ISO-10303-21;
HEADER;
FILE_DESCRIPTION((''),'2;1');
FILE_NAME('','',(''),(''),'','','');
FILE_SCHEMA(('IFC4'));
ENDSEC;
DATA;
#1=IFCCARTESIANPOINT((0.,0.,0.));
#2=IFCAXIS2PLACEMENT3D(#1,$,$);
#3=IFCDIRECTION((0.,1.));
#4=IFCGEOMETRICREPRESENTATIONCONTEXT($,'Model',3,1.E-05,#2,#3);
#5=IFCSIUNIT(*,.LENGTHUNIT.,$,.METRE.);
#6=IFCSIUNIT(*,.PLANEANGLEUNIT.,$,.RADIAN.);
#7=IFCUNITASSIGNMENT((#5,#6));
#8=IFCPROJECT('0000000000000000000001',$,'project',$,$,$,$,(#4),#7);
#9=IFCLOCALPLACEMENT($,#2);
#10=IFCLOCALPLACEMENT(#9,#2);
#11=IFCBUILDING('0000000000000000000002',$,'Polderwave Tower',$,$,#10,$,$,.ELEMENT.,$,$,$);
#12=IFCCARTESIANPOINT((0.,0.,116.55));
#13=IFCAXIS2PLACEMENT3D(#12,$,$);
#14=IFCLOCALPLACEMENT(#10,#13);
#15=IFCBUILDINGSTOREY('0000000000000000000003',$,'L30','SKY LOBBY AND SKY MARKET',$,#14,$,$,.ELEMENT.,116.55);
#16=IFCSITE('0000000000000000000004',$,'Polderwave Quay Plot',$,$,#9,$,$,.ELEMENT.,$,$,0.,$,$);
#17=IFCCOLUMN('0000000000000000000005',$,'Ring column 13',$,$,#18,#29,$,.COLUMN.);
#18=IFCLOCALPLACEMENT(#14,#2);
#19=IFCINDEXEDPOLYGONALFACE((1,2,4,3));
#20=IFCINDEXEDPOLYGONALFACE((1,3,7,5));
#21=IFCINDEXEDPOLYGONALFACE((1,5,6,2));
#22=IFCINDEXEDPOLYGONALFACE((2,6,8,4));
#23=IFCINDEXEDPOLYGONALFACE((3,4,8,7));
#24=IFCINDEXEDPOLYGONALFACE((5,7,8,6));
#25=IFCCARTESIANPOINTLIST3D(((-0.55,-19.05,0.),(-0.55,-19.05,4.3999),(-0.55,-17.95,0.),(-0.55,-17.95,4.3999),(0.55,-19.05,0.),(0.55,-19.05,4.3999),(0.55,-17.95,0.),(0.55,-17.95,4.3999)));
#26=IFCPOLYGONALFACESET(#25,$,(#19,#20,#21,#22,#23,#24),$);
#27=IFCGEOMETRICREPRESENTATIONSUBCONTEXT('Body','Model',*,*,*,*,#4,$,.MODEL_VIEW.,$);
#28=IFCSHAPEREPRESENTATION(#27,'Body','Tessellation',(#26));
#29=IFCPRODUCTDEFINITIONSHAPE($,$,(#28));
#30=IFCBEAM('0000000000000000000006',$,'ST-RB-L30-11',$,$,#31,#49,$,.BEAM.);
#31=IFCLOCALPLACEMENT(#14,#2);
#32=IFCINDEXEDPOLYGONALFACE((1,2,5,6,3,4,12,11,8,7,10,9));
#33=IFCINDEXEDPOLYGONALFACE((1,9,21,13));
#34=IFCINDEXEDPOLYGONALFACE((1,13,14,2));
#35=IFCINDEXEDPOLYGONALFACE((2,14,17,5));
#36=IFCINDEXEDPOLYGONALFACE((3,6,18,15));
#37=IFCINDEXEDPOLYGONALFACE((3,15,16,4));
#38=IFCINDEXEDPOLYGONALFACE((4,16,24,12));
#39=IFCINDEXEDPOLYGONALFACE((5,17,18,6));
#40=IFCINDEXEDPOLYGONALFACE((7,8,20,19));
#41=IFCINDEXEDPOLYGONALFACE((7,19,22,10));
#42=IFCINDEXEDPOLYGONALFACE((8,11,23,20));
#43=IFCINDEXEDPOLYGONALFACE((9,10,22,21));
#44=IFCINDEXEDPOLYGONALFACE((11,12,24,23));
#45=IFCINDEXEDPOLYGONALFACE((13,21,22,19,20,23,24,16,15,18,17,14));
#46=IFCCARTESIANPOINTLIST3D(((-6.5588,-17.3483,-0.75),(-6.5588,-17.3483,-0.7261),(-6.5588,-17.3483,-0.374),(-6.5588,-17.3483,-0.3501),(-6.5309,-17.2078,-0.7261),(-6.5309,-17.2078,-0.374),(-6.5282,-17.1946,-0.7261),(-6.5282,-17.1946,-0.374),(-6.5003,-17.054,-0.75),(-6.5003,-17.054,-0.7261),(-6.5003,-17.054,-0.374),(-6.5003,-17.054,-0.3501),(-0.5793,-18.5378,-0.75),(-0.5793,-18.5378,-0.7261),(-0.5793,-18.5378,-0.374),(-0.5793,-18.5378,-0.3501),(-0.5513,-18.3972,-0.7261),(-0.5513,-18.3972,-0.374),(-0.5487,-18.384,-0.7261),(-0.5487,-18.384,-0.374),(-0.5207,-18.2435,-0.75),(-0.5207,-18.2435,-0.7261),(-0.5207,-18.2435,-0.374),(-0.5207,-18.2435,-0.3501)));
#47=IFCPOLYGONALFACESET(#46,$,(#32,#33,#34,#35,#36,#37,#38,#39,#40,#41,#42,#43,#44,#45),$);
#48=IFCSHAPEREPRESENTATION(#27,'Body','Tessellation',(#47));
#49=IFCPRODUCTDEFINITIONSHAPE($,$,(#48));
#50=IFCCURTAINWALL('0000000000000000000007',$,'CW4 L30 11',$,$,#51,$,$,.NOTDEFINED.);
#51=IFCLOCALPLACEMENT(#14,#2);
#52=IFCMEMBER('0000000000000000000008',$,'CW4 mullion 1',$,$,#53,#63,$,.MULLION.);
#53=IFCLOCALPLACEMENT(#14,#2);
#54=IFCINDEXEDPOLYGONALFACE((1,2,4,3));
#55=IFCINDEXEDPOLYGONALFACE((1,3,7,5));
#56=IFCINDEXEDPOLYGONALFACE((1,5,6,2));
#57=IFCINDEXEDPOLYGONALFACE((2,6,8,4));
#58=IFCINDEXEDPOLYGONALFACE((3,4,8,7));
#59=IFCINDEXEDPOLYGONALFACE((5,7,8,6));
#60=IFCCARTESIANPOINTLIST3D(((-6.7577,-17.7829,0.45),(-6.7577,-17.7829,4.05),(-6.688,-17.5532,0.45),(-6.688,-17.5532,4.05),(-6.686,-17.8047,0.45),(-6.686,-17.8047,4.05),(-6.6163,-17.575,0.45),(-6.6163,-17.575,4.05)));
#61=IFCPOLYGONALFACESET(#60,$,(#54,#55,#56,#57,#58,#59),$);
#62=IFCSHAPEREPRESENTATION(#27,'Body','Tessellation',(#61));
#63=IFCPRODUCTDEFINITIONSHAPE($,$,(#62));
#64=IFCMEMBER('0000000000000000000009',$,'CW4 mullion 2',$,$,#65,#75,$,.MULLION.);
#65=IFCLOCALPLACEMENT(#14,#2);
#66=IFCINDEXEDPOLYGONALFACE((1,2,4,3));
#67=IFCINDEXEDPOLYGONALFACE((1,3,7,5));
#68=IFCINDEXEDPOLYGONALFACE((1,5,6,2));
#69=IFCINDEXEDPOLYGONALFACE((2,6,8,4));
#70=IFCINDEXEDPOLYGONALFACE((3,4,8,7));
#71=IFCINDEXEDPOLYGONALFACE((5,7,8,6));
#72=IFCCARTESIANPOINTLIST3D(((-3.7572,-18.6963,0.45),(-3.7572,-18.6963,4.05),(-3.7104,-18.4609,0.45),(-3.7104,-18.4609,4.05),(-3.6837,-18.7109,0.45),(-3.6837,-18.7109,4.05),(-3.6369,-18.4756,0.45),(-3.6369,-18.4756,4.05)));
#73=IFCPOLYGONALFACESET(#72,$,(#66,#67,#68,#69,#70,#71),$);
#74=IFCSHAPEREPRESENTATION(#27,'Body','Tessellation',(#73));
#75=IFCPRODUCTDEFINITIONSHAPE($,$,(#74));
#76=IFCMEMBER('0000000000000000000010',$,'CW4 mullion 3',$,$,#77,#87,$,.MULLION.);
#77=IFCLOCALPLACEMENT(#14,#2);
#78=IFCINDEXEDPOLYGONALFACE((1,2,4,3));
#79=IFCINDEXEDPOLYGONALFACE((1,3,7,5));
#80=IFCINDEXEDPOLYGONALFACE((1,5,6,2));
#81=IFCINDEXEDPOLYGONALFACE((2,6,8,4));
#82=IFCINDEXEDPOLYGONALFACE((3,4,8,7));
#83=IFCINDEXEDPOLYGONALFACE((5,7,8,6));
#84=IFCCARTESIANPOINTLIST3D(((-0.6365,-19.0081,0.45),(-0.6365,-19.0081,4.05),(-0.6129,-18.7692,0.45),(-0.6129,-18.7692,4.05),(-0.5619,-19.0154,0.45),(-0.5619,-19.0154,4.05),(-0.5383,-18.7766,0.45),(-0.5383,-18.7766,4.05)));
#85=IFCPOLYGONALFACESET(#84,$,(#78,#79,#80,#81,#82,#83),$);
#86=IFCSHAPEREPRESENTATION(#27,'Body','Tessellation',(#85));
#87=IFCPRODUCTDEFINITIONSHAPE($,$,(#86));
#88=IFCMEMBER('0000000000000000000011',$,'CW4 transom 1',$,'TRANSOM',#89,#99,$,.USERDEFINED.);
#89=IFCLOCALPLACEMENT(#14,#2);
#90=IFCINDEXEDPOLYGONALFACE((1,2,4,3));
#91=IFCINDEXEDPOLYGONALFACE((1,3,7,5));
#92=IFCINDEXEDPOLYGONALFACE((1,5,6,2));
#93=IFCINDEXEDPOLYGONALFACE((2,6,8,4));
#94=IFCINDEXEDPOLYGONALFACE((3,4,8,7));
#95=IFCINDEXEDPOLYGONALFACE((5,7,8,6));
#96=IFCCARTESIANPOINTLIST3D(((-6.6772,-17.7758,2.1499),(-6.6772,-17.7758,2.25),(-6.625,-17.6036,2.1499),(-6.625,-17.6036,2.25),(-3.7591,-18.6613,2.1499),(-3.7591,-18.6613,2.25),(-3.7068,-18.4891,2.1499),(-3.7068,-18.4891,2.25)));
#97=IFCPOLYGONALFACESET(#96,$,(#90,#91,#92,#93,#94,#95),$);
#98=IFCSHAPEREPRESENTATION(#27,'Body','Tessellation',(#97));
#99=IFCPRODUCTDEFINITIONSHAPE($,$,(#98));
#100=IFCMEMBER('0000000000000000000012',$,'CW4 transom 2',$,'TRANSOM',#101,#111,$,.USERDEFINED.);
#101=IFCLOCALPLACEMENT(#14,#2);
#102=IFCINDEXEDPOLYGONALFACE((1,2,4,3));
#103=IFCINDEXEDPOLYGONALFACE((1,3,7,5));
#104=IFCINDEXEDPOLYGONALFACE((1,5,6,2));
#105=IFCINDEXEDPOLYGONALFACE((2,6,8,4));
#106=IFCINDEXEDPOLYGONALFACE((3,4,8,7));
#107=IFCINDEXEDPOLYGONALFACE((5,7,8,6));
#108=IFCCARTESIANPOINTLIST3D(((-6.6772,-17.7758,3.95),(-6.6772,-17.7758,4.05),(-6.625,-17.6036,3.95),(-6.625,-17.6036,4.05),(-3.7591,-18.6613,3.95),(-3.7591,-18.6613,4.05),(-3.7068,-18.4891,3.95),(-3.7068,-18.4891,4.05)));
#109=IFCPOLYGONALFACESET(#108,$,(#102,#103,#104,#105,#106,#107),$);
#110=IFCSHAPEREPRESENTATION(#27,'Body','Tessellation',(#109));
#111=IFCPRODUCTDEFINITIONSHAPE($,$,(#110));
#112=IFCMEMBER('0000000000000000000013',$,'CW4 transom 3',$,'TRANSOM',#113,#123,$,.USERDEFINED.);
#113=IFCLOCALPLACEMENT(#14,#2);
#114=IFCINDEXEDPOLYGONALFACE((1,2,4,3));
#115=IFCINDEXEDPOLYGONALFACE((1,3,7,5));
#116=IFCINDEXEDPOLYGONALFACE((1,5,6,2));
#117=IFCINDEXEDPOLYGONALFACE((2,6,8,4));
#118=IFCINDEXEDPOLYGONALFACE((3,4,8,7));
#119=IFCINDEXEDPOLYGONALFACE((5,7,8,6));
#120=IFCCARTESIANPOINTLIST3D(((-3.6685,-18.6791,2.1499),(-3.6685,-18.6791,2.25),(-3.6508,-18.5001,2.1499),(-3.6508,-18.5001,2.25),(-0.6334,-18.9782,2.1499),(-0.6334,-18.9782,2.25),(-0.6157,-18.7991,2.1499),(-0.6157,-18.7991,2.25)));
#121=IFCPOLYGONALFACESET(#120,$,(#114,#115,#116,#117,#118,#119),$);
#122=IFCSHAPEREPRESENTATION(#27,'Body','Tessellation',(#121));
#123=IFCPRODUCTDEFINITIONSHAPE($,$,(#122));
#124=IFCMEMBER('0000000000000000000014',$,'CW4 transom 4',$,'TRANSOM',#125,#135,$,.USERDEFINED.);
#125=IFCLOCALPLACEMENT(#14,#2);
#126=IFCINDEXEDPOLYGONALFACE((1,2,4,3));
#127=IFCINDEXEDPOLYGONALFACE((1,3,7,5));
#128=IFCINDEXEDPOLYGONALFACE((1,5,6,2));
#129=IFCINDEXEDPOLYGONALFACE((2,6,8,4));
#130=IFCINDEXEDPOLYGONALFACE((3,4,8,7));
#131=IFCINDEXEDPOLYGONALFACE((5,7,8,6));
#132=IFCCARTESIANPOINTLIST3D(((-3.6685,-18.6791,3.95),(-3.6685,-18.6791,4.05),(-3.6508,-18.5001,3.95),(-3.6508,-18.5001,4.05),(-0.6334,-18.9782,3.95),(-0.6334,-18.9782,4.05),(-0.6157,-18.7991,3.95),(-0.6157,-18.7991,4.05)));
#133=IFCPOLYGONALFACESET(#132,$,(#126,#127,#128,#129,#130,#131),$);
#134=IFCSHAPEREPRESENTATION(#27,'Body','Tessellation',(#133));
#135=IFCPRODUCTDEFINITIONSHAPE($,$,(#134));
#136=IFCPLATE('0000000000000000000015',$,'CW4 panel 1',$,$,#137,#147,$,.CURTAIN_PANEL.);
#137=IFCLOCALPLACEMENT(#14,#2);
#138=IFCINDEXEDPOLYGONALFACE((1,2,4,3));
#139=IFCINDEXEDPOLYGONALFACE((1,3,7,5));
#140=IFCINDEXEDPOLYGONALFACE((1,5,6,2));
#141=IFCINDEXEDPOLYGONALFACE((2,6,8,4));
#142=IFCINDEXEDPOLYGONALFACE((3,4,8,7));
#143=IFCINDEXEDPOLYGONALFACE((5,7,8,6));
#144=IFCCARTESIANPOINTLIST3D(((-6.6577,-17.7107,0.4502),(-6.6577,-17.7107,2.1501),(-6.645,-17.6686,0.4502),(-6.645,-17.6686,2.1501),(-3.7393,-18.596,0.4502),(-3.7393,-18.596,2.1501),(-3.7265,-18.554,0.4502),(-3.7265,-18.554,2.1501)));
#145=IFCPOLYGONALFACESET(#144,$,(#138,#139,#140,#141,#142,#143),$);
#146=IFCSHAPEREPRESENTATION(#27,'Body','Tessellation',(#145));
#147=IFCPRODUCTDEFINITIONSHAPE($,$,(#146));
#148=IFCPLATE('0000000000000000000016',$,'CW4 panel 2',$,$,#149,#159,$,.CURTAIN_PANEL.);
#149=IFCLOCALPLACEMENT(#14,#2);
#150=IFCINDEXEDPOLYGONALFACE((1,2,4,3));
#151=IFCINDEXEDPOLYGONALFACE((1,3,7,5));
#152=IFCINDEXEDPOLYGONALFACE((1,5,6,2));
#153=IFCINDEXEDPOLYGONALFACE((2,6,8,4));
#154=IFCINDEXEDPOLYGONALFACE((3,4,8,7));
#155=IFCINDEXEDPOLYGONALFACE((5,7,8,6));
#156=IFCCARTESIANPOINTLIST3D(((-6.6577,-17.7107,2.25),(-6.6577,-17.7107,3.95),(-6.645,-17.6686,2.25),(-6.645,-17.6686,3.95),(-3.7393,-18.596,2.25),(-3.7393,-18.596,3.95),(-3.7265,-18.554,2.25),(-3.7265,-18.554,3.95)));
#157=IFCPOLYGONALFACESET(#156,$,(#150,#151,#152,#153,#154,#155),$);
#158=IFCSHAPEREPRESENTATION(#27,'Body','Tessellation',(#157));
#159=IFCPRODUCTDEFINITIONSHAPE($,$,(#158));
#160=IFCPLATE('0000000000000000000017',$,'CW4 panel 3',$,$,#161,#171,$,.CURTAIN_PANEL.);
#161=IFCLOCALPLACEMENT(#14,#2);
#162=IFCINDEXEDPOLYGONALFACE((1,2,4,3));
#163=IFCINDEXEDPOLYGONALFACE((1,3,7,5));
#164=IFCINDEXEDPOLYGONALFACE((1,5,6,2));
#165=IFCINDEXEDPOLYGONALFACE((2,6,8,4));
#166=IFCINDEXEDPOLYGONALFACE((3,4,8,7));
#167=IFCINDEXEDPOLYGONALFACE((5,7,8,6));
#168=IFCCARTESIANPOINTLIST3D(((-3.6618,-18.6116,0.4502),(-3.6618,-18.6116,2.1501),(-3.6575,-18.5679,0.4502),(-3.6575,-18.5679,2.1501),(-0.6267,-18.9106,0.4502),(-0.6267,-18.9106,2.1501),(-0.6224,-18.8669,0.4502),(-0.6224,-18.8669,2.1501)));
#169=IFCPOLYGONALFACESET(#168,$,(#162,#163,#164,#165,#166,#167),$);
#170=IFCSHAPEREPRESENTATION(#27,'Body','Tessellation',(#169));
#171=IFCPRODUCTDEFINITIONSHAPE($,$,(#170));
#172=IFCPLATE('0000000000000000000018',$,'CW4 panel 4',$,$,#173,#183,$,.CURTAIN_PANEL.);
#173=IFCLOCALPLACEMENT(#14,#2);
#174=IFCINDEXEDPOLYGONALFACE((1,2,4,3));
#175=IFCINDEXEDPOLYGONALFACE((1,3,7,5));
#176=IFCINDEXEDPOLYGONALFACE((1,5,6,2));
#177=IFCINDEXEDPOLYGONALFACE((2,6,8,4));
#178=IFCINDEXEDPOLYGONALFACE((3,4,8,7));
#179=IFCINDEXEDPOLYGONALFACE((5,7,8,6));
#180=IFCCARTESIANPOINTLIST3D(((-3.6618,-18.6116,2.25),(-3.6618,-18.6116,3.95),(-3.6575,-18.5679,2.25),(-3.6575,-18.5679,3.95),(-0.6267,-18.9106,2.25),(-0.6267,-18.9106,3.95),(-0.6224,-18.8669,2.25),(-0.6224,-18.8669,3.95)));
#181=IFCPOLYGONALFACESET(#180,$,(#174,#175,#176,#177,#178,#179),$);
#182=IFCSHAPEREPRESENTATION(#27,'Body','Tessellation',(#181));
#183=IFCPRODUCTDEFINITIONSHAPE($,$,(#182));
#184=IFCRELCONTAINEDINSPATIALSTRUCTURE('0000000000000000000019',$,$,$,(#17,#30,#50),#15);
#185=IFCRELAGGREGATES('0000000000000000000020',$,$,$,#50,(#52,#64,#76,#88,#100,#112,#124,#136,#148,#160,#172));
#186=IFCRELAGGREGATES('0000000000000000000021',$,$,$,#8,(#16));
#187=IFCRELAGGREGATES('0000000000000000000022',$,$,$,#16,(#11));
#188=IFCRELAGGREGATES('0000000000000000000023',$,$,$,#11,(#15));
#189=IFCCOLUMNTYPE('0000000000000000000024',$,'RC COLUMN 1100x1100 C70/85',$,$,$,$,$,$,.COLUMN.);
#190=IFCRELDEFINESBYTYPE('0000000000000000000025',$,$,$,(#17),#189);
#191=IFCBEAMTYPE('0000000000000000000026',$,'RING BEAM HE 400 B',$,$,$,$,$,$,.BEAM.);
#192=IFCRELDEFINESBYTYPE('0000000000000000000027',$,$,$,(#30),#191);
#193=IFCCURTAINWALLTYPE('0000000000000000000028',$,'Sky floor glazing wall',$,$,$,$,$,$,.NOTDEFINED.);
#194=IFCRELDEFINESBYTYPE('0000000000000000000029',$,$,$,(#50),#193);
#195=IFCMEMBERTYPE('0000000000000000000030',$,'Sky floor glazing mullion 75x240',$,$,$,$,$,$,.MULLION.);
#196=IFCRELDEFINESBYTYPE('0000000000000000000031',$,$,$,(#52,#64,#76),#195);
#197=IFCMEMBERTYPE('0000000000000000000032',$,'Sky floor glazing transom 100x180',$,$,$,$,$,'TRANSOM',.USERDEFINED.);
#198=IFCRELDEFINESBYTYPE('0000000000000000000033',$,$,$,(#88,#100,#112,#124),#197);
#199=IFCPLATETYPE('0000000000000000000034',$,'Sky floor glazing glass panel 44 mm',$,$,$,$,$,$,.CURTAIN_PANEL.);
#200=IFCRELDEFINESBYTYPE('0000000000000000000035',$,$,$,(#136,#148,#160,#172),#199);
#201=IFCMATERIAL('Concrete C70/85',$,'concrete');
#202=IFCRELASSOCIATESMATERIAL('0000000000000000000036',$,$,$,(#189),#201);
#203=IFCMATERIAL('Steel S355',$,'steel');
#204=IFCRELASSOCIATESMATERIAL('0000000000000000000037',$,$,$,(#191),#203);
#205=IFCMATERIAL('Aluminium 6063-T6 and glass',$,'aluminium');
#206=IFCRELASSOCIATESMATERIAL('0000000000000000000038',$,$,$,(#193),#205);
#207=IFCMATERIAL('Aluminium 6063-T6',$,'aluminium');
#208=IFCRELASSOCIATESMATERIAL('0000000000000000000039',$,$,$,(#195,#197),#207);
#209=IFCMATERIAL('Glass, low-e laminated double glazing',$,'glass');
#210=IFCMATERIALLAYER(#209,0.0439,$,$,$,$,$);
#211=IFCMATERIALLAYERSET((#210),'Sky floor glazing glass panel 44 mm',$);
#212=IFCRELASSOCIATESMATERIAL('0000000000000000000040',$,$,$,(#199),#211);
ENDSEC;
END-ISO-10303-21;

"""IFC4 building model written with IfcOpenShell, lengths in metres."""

from ifc_helpers import new_model, si_unit, direction, frame, origin, origin_2d, place, context, subcontext, project, spatial, rectangle, i_section, extrude, material, layer, layer_set, material_profile, profile_set, type_object, element, aggregate, save


model = new_model("IFC4")

# Units and contexts
model_context = context("Model", 3, precision=1e-05, world=origin(), true_north=direction((0.0, 1.0)))
body_context = subcontext(model_context, "Body", "Model", "MODEL_VIEW")
ifc_project = project(units=[si_unit("LENGTHUNIT", "METRE"), si_unit("PLANEANGLEUNIT", "RADIAN")], contexts=[model_context])

# Site, building, storey
site_placement = place(None, origin())
site = spatial("IfcSite", under=ifc_project, at=site_placement, Name="Polderwave Quay Plot", CompositionType="ELEMENT", RefElevation=0.0)
building_placement = place(site_placement, origin())
building = spatial("IfcBuilding", under=site, at=building_placement, Name="Polderwave Tower", CompositionType="ELEMENT")
storey_placement = place(building_placement, frame((0.0, 0.0, 116.55)))
storey = spatial("IfcBuildingStorey", under=building, at=storey_placement, Name="L30", Description="SKY LOBBY AND SKY MARKET", CompositionType="ELEMENT", Elevation=116.55)

# Column
ifc_material_1 = material(Name="Concrete C70/85", Category="concrete")
ifc_material_profile_1 = material_profile(ifc_material_1, rectangle(XDim=1.1001, YDim=1.1001, at=origin_2d()), Name="RC 1100x1100")
ifc_profile_set_1 = profile_set([ifc_material_profile_1], Name="Concrete C70/85")
column_type = type_object("IfcColumnType", Name="RC COLUMN 1100x1100 C70/85", PredefinedType="COLUMN", material=ifc_profile_set_1)
column_placement = place(storey_placement, frame((0.0, -18.5, 0.0), z_axis=(0.0, 0.0, 1.0), x_axis=(0.0, -1.0, 0.0)))
element("IfcColumn", 1, at=column_placement, inside=storey, type_object=column_type, Name="Ring column 13", PredefinedType="COLUMN", context=body_context, shape_type="SweptSolid", body=[
    extrude(rectangle(XDim=1.1001, YDim=1.1001, at=origin_2d()), origin(), (0.0, 0.0, 1.0), 4.3999),
])

# Beam
ifc_material_2 = material(Name="Steel S355", Category="steel")
ifc_material_profile_2 = material_profile(ifc_material_2, i_section(OverallWidth=0.3, OverallDepth=0.3999, WebThickness=0.0134, FlangeThickness=0.0239, at=origin_2d()), Name="HE 400 B")
ifc_profile_set_2 = profile_set([ifc_material_profile_2], Name="Steel S355")
beam_type = type_object("IfcBeamType", Name="RING BEAM HE 400 B", PredefinedType="BEAM", material=ifc_profile_set_2)
beam_placement = place(storey_placement, frame((-6.5295, -17.2012, -0.55), z_axis=(0.980783, -0.1951, 0.0), x_axis=(0.1951, 0.980783, 0.0)))
element("IfcBeam", 2, at=beam_placement, inside=storey, type_object=beam_type, Name="ST-RB-L30-11", PredefinedType="BEAM", context=body_context, shape_type="SweptSolid", body=[
    extrude(i_section(OverallWidth=0.3, OverallDepth=0.3999, WebThickness=0.0134, FlangeThickness=0.0239, at=origin_2d()), origin(), (0.0, 0.0, 1.0), 6.0967),
])

# Curtain wall, members, plates
ifc_material_3 = material(Name="Aluminium 6063-T6 and glass", Category="aluminium")
curtain_wall_type = type_object("IfcCurtainWallType", Name="Sky floor glazing wall", PredefinedType="NOTDEFINED", material=ifc_material_3)
curtain_wall_placement = place(storey_placement, origin())
curtain_wall = element("IfcCurtainWall", 3, at=curtain_wall_placement, inside=storey, type_object=curtain_wall_type, Name="CW4 L30 11", PredefinedType="NOTDEFINED")
ifc_material_4 = material(Name="Aluminium 6063-T6", Category="aluminium")
ifc_material_profile_3 = material_profile(ifc_material_4, rectangle(XDim=0.24, YDim=0.075, at=origin_2d()), Name="AL 75x240")
ifc_profile_set_3 = profile_set([ifc_material_profile_3], Name="Aluminium 6063-T6")
member_type_1 = type_object("IfcMemberType", Name="Sky floor glazing mullion 75x240", PredefinedType="MULLION", material=ifc_profile_set_3)
member_1_placement = place(storey_placement, frame((-6.687, -17.679, 0.45), z_axis=(0.0, 0.0, 1.0), x_axis=(0.290306, 0.956934, 0.0)))
member_1 = element("IfcMember", 4, at=member_1_placement, type_object=member_type_1, Name="CW4 mullion 1", PredefinedType="MULLION", context=body_context, shape_type="SweptSolid", body=[
    extrude(rectangle(XDim=0.24, YDim=0.075, at=origin_2d()), origin(), (0.0, 0.0, 1.0), 3.6001),
])
member_2_placement = place(storey_placement, frame((-3.697, -18.5859, 0.45), z_axis=(0.0, 0.0, 1.0), x_axis=(0.195109, 0.980782, 0.0)))
member_2 = element("IfcMember", 5, at=member_2_placement, type_object=member_type_1, Name="CW4 mullion 2", PredefinedType="MULLION", context=body_context, shape_type="SweptSolid", body=[
    extrude(rectangle(XDim=0.24, YDim=0.075, at=origin_2d()), origin(), (0.0, 0.0, 1.0), 3.6001),
])
member_3_placement = place(storey_placement, frame((-0.5874, -18.8923, 0.45), z_axis=(0.0, 0.0, 1.0), x_axis=(0.098033, 0.995183, 0.0)))
member_3 = element("IfcMember", 6, at=member_3_placement, type_object=member_type_1, Name="CW4 mullion 3", PredefinedType="MULLION", context=body_context, shape_type="SweptSolid", body=[
    extrude(rectangle(XDim=0.24, YDim=0.075, at=origin_2d()), origin(), (0.0, 0.0, 1.0), 3.6001),
])
ifc_material_profile_4 = material_profile(ifc_material_4, rectangle(XDim=0.1799, YDim=0.1001, at=origin_2d()), Name="AL 100x180")
ifc_profile_set_4 = profile_set([ifc_material_profile_4], Name="Aluminium 6063-T6")
member_type_2 = type_object("IfcMemberType", Name="Sky floor glazing transom 100x180", ElementType="TRANSOM", PredefinedType="USERDEFINED", material=ifc_profile_set_4)
member_4_placement = place(storey_placement, frame((-6.6511, -17.6897, 2.2), z_axis=(0.956916, -0.290365, 0.0), x_axis=(0.290365, 0.956916, 0.0)))
member_4 = element("IfcMember", 7, at=member_4_placement, type_object=member_type_2, Name="CW4 transom 1", ObjectType="TRANSOM", PredefinedType="USERDEFINED", context=body_context, shape_type="SweptSolid", body=[
    extrude(rectangle(XDim=0.1799, YDim=0.1001, at=origin_2d()), origin(), (0.0, 0.0, 1.0), 3.0496),
])
member_5_placement = place(storey_placement, frame((-6.6511, -17.6897, 4.0), z_axis=(0.956916, -0.290365, 0.0), x_axis=(0.290365, 0.956916, 0.0)))
member_5 = element("IfcMember", 8, at=member_5_placement, type_object=member_type_2, Name="CW4 transom 2", ObjectType="TRANSOM", PredefinedType="USERDEFINED", context=body_context, shape_type="SweptSolid", body=[
    extrude(rectangle(XDim=0.1799, YDim=0.1001, at=origin_2d()), origin(), (0.0, 0.0, 1.0), 3.0496),
])
member_6_placement = place(storey_placement, frame((-3.6597, -18.5896, 2.2), z_axis=(0.99518, -0.098061, 0.0), x_axis=(0.098061, 0.99518, 0.0)))
member_6 = element("IfcMember", 9, at=member_6_placement, type_object=member_type_2, Name="CW4 transom 3", ObjectType="TRANSOM", PredefinedType="USERDEFINED", context=body_context, shape_type="SweptSolid", body=[
    extrude(rectangle(XDim=0.1799, YDim=0.1001, at=origin_2d()), origin(), (0.0, 0.0, 1.0), 3.0498),
])
member_7_placement = place(storey_placement, frame((-3.6597, -18.5896, 4.0), z_axis=(0.99518, -0.098061, 0.0), x_axis=(0.098061, 0.99518, 0.0)))
member_7 = element("IfcMember", 10, at=member_7_placement, type_object=member_type_2, Name="CW4 transom 4", ObjectType="TRANSOM", PredefinedType="USERDEFINED", context=body_context, shape_type="SweptSolid", body=[
    extrude(rectangle(XDim=0.1799, YDim=0.1001, at=origin_2d()), origin(), (0.0, 0.0, 1.0), 3.0498),
])
ifc_material_5 = material(Name="Glass, low-e laminated double glazing", Category="glass")
ifc_layer_1 = layer(ifc_material_5, 0.0439)
ifc_layer_set_1 = layer_set([ifc_layer_1], Name="Sky floor glazing glass panel 44 mm")
plate_type = type_object("IfcPlateType", Name="Sky floor glazing glass panel 44 mm", PredefinedType="CURTAIN_PANEL", material=ifc_layer_set_1)
plate_1_placement = place(storey_placement, frame((-5.1921, -18.1323, 0.4502), z_axis=(0.0, 0.0, 1.0), x_axis=(0.956934, -0.290306, 0.0)))
plate_1 = element("IfcPlate", 11, at=plate_1_placement, type_object=plate_type, Name="CW4 panel 1", PredefinedType="CURTAIN_PANEL", context=body_context, shape_type="SweptSolid", body=[
    extrude(rectangle(XDim=3.0498, YDim=0.0439, at=origin_2d()), origin(), (0.0, 0.0, 1.0), 1.7),
])
plate_2_placement = place(storey_placement, frame((-5.1921, -18.1323, 2.25), z_axis=(0.0, 0.0, 1.0), x_axis=(0.956934, -0.290306, 0.0)))
plate_2 = element("IfcPlate", 12, at=plate_2_placement, type_object=plate_type, Name="CW4 panel 2", PredefinedType="CURTAIN_PANEL", context=body_context, shape_type="SweptSolid", body=[
    extrude(rectangle(XDim=3.0498, YDim=0.0439, at=origin_2d()), origin(), (0.0, 0.0, 1.0), 1.7),
])
plate_3_placement = place(storey_placement, frame((-2.1421, -18.7393, 0.4502), z_axis=(0.0, 0.0, 1.0), x_axis=(0.995183, -0.098033, 0.0)))
plate_3 = element("IfcPlate", 13, at=plate_3_placement, type_object=plate_type, Name="CW4 panel 3", PredefinedType="CURTAIN_PANEL", context=body_context, shape_type="SweptSolid", body=[
    extrude(rectangle(XDim=3.0498, YDim=0.0439, at=origin_2d()), origin(), (0.0, 0.0, 1.0), 1.7),
])
plate_4_placement = place(storey_placement, frame((-2.1421, -18.7393, 2.25), z_axis=(0.0, 0.0, 1.0), x_axis=(0.995183, -0.098033, 0.0)))
plate_4 = element("IfcPlate", 14, at=plate_4_placement, type_object=plate_type, Name="CW4 panel 4", PredefinedType="CURTAIN_PANEL", context=body_context, shape_type="SweptSolid", body=[
    extrude(rectangle(XDim=3.0498, YDim=0.0439, at=origin_2d()), origin(), (0.0, 0.0, 1.0), 1.7),
])
aggregate(curtain_wall, [member_1, member_2, member_3, member_4, member_5, member_6, member_7, plate_1, plate_2, plate_3, plate_4])

save(model, "model.ifc")
